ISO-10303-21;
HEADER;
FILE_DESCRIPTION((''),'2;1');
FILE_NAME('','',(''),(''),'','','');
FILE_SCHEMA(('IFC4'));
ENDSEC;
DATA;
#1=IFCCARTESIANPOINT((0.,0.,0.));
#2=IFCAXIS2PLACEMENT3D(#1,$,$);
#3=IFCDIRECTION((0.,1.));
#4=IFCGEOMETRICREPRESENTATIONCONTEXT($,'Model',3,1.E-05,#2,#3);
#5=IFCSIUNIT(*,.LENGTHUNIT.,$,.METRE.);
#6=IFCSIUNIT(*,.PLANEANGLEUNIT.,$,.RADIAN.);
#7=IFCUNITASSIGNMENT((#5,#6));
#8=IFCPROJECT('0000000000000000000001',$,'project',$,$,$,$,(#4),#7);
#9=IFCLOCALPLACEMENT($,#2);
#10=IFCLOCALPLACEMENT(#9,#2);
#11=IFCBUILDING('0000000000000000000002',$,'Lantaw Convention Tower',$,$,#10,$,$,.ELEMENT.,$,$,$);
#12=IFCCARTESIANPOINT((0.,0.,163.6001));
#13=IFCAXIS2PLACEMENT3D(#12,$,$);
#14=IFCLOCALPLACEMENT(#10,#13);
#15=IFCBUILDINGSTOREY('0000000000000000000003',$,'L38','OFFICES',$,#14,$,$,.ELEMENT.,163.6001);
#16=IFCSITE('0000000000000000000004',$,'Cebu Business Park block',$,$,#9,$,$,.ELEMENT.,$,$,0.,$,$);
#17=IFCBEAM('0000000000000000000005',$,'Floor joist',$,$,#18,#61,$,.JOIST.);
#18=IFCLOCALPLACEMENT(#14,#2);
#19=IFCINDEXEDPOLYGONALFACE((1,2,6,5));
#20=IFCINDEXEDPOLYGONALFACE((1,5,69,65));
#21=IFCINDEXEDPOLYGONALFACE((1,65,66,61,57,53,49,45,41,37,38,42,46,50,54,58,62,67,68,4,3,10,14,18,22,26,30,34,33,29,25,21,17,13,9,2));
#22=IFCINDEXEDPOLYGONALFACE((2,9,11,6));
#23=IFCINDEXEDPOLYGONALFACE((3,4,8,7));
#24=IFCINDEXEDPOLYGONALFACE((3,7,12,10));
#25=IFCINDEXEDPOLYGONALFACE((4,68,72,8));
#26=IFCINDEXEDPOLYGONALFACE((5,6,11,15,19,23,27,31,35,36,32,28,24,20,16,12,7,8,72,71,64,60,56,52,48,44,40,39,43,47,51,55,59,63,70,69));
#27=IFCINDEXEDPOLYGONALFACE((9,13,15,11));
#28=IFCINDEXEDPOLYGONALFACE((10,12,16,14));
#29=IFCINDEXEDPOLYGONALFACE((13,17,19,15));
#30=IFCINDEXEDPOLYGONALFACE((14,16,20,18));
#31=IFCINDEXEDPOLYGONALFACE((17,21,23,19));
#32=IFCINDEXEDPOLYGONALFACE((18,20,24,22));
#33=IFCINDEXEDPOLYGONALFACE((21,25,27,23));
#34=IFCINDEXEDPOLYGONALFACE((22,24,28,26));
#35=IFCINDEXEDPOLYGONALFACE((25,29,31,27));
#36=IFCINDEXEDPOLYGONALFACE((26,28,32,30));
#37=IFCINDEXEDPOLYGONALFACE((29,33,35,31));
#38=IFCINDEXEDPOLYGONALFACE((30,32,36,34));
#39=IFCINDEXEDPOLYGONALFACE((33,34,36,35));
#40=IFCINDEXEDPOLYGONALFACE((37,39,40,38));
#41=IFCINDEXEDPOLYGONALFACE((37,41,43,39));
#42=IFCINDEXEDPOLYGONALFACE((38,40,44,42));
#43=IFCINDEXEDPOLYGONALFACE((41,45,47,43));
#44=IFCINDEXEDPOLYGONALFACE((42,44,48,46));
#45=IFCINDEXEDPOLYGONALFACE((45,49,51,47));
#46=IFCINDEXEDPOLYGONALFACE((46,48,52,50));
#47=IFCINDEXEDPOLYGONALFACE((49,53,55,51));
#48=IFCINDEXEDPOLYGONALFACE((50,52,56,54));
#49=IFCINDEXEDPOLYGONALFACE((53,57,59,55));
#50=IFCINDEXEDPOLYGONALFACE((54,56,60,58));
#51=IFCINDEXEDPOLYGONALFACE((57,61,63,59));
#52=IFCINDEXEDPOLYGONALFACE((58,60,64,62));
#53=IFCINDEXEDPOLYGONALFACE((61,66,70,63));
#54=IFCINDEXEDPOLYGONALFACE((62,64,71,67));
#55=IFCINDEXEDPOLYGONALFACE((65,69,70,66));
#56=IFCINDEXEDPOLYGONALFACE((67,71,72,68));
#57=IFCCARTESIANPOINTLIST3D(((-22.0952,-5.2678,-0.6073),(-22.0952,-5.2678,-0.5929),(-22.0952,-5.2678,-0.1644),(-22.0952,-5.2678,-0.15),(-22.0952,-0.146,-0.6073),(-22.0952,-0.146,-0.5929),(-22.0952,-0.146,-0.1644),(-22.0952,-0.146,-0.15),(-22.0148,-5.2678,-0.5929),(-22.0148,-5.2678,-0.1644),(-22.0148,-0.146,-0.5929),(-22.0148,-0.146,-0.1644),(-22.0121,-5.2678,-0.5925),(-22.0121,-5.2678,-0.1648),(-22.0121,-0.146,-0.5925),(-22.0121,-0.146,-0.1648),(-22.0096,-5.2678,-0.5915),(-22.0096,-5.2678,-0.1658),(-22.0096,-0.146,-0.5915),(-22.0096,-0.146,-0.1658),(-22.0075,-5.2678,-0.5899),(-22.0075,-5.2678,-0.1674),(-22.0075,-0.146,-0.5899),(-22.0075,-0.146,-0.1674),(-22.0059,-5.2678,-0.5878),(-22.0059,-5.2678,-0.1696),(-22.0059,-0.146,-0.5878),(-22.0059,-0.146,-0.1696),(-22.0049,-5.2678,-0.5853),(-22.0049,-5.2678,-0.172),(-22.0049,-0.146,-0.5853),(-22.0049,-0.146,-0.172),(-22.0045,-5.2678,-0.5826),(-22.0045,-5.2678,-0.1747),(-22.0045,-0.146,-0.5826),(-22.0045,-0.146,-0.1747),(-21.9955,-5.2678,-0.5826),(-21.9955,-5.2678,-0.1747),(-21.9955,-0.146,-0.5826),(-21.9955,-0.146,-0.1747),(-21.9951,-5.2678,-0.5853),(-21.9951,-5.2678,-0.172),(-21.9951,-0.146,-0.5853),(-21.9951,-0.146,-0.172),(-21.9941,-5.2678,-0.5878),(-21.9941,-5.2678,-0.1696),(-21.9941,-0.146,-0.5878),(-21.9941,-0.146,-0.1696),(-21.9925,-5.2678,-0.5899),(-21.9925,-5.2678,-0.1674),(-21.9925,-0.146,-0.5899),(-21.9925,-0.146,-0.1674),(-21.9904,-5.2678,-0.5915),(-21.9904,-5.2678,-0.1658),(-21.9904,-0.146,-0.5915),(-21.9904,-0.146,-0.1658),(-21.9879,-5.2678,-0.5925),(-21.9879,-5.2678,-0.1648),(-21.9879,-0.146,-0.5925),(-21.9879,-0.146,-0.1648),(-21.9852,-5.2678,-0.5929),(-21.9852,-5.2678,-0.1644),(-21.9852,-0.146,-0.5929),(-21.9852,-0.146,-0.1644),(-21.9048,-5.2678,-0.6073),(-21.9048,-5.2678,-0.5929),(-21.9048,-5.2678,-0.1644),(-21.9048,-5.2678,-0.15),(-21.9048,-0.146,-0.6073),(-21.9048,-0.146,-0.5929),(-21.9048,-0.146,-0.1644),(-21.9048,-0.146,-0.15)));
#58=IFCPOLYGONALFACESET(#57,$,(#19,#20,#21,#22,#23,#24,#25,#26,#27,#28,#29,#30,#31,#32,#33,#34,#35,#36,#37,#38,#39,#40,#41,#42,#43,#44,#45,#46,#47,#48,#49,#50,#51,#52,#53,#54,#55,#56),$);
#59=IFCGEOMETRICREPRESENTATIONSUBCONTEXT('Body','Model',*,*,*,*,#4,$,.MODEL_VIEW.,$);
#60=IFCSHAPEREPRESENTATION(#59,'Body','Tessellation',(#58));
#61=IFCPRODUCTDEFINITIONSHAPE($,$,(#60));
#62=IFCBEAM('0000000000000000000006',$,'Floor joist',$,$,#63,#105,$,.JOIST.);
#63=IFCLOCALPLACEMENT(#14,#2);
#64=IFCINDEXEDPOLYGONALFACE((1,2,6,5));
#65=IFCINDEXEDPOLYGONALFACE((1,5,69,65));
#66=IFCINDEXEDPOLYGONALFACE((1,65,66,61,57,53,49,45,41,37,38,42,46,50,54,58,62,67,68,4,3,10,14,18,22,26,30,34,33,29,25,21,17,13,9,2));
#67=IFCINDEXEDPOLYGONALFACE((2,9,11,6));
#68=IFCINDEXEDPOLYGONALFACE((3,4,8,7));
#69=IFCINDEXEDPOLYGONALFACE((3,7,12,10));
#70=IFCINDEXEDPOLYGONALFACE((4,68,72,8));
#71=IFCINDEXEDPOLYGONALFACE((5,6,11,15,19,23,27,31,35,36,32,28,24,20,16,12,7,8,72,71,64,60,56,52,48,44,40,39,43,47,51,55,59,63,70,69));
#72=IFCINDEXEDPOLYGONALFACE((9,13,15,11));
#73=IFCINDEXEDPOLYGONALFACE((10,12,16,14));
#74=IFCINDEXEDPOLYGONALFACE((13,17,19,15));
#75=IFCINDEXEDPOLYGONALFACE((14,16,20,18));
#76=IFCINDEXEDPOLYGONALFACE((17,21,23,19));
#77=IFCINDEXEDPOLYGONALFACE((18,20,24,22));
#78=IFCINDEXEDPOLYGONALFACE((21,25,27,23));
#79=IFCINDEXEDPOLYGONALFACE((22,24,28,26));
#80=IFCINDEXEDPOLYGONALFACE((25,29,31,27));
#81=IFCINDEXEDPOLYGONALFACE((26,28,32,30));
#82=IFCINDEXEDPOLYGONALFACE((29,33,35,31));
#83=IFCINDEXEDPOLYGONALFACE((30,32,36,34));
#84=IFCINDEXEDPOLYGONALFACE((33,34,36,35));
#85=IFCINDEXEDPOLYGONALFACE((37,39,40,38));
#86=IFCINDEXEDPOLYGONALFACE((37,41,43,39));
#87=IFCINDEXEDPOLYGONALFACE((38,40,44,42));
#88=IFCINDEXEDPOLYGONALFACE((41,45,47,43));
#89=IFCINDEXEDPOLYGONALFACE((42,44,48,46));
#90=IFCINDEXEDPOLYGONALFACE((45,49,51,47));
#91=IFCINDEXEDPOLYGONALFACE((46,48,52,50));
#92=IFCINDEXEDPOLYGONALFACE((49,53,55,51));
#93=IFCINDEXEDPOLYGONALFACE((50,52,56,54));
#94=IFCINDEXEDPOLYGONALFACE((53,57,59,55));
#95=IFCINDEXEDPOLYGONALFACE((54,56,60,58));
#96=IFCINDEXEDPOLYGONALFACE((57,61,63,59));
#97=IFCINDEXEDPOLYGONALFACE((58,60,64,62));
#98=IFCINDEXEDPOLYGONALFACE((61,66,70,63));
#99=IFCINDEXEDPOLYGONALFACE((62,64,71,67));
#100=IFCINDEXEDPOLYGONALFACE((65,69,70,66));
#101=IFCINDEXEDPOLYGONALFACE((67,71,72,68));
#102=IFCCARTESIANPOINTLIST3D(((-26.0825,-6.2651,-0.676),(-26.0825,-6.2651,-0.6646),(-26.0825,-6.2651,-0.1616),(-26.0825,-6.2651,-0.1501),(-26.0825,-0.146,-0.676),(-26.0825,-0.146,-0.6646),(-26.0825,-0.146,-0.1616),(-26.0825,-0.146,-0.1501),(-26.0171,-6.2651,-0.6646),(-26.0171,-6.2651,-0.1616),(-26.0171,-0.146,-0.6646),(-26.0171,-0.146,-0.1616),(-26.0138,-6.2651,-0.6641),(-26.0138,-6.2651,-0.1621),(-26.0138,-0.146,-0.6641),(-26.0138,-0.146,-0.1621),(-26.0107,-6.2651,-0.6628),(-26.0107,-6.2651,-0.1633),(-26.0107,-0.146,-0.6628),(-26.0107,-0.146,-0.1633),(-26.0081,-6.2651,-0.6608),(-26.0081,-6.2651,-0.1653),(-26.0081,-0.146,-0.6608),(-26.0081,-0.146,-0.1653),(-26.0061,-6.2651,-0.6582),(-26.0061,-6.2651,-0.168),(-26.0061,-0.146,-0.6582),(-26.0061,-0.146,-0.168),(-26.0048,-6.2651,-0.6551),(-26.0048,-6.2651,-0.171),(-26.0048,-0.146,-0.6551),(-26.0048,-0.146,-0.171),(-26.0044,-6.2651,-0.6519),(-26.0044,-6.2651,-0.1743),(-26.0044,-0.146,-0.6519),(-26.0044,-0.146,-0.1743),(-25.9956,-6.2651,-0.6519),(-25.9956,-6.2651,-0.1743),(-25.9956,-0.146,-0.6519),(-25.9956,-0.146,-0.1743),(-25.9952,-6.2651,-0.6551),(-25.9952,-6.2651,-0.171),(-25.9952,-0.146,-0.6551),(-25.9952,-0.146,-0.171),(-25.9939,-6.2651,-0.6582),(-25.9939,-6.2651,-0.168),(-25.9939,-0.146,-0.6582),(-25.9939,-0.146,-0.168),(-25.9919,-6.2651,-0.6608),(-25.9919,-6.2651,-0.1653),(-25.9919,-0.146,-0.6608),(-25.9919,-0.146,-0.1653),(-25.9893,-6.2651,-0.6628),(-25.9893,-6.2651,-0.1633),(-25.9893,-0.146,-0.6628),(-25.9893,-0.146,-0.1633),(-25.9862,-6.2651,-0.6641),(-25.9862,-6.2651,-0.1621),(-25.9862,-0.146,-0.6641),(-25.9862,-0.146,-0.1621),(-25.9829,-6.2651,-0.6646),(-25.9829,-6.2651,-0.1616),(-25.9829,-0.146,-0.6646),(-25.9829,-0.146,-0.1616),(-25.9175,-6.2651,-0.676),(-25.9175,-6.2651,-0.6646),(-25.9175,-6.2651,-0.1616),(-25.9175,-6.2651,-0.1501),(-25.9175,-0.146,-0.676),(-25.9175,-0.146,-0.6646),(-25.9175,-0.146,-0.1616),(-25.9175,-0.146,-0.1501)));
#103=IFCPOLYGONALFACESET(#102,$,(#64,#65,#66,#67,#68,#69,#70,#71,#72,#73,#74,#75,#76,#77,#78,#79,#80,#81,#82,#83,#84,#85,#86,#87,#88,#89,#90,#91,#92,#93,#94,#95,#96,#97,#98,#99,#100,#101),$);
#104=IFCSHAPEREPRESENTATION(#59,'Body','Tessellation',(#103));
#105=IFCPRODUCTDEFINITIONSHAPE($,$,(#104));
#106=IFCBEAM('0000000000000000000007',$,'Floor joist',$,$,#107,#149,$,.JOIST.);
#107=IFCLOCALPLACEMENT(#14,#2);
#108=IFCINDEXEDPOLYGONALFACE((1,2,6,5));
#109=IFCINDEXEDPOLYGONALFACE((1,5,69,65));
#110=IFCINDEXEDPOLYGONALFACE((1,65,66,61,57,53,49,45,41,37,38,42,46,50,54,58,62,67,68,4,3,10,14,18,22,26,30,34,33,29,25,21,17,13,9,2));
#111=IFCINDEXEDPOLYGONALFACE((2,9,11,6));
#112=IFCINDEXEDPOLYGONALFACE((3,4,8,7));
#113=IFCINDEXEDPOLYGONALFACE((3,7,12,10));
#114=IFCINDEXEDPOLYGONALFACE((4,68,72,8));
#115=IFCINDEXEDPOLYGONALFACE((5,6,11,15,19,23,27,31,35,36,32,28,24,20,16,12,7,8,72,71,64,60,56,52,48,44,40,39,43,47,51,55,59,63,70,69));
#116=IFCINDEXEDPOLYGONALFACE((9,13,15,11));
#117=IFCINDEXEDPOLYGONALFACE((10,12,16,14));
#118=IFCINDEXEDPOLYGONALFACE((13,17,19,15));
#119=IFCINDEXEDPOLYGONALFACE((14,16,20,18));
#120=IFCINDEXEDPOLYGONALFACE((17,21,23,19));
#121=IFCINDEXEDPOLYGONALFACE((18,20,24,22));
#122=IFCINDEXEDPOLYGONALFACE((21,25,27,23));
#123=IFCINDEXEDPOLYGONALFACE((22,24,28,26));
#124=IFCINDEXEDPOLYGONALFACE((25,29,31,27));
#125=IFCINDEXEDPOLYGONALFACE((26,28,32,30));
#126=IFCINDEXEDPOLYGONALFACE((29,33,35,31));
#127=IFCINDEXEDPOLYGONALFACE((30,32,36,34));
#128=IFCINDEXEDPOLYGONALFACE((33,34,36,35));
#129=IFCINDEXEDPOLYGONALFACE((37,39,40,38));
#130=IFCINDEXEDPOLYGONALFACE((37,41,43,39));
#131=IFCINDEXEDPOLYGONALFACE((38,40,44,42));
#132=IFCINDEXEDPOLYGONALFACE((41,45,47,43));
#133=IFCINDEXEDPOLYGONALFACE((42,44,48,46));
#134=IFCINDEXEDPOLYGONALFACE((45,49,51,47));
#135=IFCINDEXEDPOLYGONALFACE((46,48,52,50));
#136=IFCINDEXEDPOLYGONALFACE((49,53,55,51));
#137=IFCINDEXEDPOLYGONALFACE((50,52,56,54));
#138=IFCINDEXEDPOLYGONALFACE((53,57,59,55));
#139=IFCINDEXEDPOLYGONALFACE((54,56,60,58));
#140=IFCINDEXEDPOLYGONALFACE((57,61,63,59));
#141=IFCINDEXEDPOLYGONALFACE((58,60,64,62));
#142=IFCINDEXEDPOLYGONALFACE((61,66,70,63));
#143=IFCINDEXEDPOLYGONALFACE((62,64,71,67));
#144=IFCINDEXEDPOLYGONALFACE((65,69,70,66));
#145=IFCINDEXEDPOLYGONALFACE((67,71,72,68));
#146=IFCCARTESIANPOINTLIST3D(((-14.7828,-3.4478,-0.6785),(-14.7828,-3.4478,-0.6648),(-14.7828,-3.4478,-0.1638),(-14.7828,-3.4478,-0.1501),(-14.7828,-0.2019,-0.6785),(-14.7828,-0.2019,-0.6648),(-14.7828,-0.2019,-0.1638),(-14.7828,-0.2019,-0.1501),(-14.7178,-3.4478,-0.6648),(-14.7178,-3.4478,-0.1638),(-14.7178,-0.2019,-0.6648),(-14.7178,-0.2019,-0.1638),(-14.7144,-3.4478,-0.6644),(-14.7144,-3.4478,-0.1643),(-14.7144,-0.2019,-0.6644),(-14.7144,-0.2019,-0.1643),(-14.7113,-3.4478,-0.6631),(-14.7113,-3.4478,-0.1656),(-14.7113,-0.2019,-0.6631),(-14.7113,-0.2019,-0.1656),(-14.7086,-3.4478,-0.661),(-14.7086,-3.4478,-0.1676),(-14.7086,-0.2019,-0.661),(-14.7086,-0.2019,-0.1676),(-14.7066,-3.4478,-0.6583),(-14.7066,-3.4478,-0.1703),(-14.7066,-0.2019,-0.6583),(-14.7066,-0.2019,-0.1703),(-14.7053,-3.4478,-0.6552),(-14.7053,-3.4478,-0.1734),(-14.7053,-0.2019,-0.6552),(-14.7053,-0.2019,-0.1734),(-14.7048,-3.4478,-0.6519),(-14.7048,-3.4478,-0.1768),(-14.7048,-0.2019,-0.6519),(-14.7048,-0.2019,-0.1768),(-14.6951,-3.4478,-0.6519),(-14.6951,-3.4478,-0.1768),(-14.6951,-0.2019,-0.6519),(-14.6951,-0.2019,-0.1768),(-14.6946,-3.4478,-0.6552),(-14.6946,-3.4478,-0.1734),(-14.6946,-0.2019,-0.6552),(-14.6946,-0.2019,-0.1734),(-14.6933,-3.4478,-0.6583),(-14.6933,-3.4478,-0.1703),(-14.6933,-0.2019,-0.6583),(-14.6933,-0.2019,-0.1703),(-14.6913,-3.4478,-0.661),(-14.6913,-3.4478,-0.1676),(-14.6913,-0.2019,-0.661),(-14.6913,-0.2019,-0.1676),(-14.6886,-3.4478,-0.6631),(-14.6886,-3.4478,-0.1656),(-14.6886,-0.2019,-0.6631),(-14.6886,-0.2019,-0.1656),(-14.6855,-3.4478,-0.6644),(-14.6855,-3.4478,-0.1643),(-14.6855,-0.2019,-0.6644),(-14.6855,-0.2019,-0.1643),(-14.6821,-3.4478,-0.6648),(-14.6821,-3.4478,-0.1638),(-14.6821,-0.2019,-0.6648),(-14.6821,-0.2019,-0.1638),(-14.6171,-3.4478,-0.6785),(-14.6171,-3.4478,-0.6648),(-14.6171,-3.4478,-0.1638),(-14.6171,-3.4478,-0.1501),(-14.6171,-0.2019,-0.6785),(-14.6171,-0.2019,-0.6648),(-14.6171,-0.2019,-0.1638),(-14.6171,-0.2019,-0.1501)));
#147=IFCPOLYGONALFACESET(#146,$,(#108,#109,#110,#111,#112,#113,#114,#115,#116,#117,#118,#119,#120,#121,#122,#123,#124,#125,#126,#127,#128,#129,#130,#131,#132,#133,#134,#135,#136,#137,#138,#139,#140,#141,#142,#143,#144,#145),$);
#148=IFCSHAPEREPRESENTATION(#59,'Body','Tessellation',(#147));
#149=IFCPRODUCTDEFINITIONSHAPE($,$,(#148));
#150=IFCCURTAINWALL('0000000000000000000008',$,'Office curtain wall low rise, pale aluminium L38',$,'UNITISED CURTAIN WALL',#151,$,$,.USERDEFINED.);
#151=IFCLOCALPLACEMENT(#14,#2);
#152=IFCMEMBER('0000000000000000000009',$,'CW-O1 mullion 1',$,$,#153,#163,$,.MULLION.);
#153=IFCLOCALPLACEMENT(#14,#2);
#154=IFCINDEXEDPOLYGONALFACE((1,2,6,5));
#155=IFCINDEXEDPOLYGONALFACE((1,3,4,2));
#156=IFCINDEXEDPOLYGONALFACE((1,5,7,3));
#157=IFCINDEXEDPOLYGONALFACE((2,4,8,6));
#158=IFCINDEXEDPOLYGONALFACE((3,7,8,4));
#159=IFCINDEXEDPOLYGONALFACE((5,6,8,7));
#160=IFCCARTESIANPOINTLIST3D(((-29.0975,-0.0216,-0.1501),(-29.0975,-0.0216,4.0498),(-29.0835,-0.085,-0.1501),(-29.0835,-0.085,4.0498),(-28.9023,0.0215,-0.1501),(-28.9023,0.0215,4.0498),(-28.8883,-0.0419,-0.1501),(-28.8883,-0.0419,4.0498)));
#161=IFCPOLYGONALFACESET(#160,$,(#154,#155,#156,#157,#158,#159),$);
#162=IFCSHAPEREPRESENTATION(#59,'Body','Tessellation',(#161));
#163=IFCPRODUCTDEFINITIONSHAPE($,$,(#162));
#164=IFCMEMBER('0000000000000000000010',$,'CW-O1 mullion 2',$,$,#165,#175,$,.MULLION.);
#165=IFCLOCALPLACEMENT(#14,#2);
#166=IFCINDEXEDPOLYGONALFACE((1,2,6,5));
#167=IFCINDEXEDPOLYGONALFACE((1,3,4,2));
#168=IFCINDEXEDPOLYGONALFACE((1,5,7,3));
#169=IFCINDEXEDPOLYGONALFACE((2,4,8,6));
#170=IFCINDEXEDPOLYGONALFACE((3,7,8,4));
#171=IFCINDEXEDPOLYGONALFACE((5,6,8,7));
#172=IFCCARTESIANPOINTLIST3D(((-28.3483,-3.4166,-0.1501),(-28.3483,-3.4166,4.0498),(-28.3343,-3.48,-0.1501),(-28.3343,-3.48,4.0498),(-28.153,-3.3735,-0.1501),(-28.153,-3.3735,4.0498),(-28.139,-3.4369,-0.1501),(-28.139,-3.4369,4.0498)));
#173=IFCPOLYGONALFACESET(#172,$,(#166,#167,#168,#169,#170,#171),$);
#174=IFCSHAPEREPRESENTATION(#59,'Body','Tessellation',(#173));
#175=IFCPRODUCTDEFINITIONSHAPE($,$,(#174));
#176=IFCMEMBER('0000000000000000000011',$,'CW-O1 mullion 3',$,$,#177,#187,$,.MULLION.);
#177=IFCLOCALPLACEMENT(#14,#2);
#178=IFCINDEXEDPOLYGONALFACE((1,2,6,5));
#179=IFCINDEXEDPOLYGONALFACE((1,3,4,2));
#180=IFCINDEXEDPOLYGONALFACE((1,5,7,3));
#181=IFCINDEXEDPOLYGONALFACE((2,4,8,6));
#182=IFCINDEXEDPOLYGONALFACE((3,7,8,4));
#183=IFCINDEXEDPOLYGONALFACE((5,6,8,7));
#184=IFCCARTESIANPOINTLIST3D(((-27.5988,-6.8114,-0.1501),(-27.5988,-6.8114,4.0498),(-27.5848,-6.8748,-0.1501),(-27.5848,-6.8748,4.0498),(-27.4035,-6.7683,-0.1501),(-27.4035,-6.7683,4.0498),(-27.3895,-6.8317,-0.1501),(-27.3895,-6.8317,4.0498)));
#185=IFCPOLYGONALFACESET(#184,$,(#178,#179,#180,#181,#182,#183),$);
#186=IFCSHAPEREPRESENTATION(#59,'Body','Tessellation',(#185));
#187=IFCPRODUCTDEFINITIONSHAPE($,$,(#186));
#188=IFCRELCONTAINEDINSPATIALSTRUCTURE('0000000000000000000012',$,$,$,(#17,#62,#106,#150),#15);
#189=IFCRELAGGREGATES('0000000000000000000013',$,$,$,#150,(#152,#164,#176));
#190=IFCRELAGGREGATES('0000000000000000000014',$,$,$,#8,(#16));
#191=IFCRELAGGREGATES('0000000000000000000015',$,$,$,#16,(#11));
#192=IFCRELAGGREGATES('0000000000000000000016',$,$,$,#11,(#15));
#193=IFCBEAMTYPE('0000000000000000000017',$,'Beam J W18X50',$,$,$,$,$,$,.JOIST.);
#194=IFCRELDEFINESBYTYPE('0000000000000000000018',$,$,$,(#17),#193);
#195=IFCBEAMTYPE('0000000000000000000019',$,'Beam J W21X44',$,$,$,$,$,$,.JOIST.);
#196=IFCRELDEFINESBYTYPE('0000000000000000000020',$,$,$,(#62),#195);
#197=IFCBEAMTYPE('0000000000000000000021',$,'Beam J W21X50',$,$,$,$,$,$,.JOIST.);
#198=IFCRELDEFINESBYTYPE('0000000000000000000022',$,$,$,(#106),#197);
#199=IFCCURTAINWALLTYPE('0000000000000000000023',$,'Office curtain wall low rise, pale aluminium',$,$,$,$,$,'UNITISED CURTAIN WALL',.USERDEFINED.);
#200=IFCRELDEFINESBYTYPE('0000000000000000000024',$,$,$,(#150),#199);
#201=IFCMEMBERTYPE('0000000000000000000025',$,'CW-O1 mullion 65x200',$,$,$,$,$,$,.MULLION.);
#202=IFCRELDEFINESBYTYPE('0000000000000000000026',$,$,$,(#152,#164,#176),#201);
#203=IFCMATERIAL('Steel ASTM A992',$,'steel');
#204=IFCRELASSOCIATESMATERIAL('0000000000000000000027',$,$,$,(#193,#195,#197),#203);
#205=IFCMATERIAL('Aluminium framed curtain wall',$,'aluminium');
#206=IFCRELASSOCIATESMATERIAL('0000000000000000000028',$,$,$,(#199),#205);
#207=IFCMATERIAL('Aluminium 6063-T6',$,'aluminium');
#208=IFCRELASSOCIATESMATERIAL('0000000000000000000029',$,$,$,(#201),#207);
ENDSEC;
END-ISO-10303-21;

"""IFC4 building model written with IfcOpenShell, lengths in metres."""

from ifc_helpers import new_model, si_unit, direction, frame, origin, origin_2d, place, context, subcontext, project, spatial, rectangle, i_section, extrude, material, material_profile, profile_set, type_object, element, aggregate, save


model = new_model("IFC4")

# Units and contexts
model_context = context("Model", 3, precision=1e-05, world=origin(), true_north=direction((0.0, 1.0)))
body_context = subcontext(model_context, "Body", "Model", "MODEL_VIEW")
ifc_project = project(units=[si_unit("LENGTHUNIT", "METRE"), si_unit("PLANEANGLEUNIT", "RADIAN")], contexts=[model_context])

# Site, building, storey
site_placement = place(None, origin())
site = spatial("IfcSite", under=ifc_project, at=site_placement, Name="Cebu Business Park block", CompositionType="ELEMENT", RefElevation=0.0)
building_placement = place(site_placement, origin())
building = spatial("IfcBuilding", under=site, at=building_placement, Name="Lantaw Convention Tower", CompositionType="ELEMENT")
storey_placement = place(building_placement, frame((0.0, 0.0, 163.6001)))
storey = spatial("IfcBuildingStorey", under=building, at=storey_placement, Name="L38", Description="OFFICES", CompositionType="ELEMENT", Elevation=163.6001)

# Beams
ifc_material_1 = material(Name="Steel ASTM A992", Category="steel")
ifc_material_profile_1 = material_profile(ifc_material_1, i_section(OverallWidth=0.1904, OverallDepth=0.4573, WebThickness=0.009, FlangeThickness=0.0144, FilletRadius=0.0103, at=origin_2d()), Name="W18X50")
ifc_profile_set_1 = profile_set([ifc_material_profile_1], Name="Steel ASTM A992")
beam_type_1 = type_object("IfcBeamType", Name="Beam J W18X50", PredefinedType="JOIST", material=ifc_profile_set_1)
beam_1_placement = place(storey_placement, frame((-22.0, -5.2678, -0.3787), z_axis=(0.0, 1.0, 0.0), x_axis=(-1.0, 0.0, 0.0)))
element("IfcBeam", 1, at=beam_1_placement, inside=storey, type_object=beam_type_1, Name="Floor joist", PredefinedType="JOIST", context=body_context, shape_type="SweptSolid", body=[
    extrude(i_section(OverallWidth=0.1904, OverallDepth=0.4573, WebThickness=0.009, FlangeThickness=0.0144, FilletRadius=0.0103, at=origin_2d()), origin(), (0.0, 0.0, 1.0), 5.1218),
])
ifc_material_profile_2 = material_profile(ifc_material_1, i_section(OverallWidth=0.165, OverallDepth=0.5259, WebThickness=0.0088, FlangeThickness=0.0115, FilletRadius=0.0127, at=origin_2d()), Name="W21X44")
ifc_profile_set_2 = profile_set([ifc_material_profile_2], Name="Steel ASTM A992")
beam_type_2 = type_object("IfcBeamType", Name="Beam J W21X44", PredefinedType="JOIST", material=ifc_profile_set_2)
beam_2_placement = place(storey_placement, frame((-26.0, -6.2651, -0.4131), z_axis=(0.0, 1.0, 0.0), x_axis=(-1.0, 0.0, 0.0)))
element("IfcBeam", 2, at=beam_2_placement, inside=storey, type_object=beam_type_2, Name="Floor joist", PredefinedType="JOIST", context=body_context, shape_type="SweptSolid", body=[
    extrude(i_section(OverallWidth=0.165, OverallDepth=0.5259, WebThickness=0.0088, FlangeThickness=0.0115, FilletRadius=0.0127, at=origin_2d()), origin(), (0.0, 0.0, 1.0), 6.1191),
])
ifc_material_profile_3 = material_profile(ifc_material_1, i_section(OverallWidth=0.1658, OverallDepth=0.5283, WebThickness=0.0098, FlangeThickness=0.0137, FilletRadius=0.0129, at=origin_2d()), Name="W21X50")
ifc_profile_set_3 = profile_set([ifc_material_profile_3], Name="Steel ASTM A992")
beam_type_3 = type_object("IfcBeamType", Name="Beam J W21X50", PredefinedType="JOIST", material=ifc_profile_set_3)
beam_3_placement = place(storey_placement, frame((-14.7, -3.4478, -0.4143), z_axis=(0.0, 1.0, 0.0), x_axis=(-1.0, 0.0, 0.0)))
element("IfcBeam", 3, at=beam_3_placement, inside=storey, type_object=beam_type_3, Name="Floor joist", PredefinedType="JOIST", context=body_context, shape_type="SweptSolid", body=[
    extrude(i_section(OverallWidth=0.1658, OverallDepth=0.5283, WebThickness=0.0098, FlangeThickness=0.0137, FilletRadius=0.0129, at=origin_2d()), origin(), (0.0, 0.0, 1.0), 3.2458),
])

# Curtain wall, members
ifc_material_2 = material(Name="Aluminium framed curtain wall", Category="aluminium")
curtain_wall_type = type_object("IfcCurtainWallType", Name="Office curtain wall low rise, pale aluminium", ElementType="UNITISED CURTAIN WALL", PredefinedType="USERDEFINED", material=ifc_material_2)
curtain_wall_1_placement = place(storey_placement, origin())
curtain_wall_1 = element("IfcCurtainWall", 4, at=curtain_wall_1_placement, inside=storey, type_object=curtain_wall_type, Name="Office curtain wall low rise, pale aluminium L38", ObjectType="UNITISED CURTAIN WALL", PredefinedType="USERDEFINED")
ifc_material_3 = material(Name="Aluminium 6063-T6", Category="aluminium")
ifc_material_profile_4 = material_profile(ifc_material_3, rectangle(XDim=0.2, YDim=0.0649, at=origin_2d()), Name="CW-O1 mullion 65x200")
ifc_profile_set_4 = profile_set([ifc_material_profile_4], Name="Aluminium 6063-T6")
member_type_1 = type_object("IfcMemberType", Name="CW-O1 mullion 65x200", PredefinedType="MULLION", material=ifc_profile_set_4)
member_1_placement = place(storey_placement, frame((-28.9929, -0.0317, -0.1501), z_axis=(0.0, 0.0, 1.0), x_axis=(0.976494, 0.215546, 0.0)))
member_1 = element("IfcMember", 5, at=member_1_placement, type_object=member_type_1, Name="CW-O1 mullion 1", PredefinedType="MULLION", context=body_context, shape_type="SweptSolid", body=[
    extrude(rectangle(XDim=0.2, YDim=0.0649, at=origin_2d()), origin(), (0.0, 0.0, 1.0), 4.2),
])
member_2_placement = place(storey_placement, frame((-28.2437, -3.4268, -0.1501), z_axis=(0.0, 0.0, 1.0), x_axis=(0.976494, 0.215546, 0.0)))
member_2 = element("IfcMember", 6, at=member_2_placement, type_object=member_type_1, Name="CW-O1 mullion 2", PredefinedType="MULLION", context=body_context, shape_type="SweptSolid", body=[
    extrude(rectangle(XDim=0.2, YDim=0.0649, at=origin_2d()), origin(), (0.0, 0.0, 1.0), 4.2),
])
member_3_placement = place(storey_placement, frame((-27.4941, -6.8215, -0.1501), z_axis=(0.0, 0.0, 1.0), x_axis=(0.976494, 0.215546, 0.0)))
member_3 = element("IfcMember", 7, at=member_3_placement, type_object=member_type_1, Name="CW-O1 mullion 3", PredefinedType="MULLION", context=body_context, shape_type="SweptSolid", body=[
    extrude(rectangle(XDim=0.2, YDim=0.0649, at=origin_2d()), origin(), (0.0, 0.0, 1.0), 4.2),
])

aggregate(curtain_wall_1, [member_1, member_2, member_3])

save(model, "model.ifc")
